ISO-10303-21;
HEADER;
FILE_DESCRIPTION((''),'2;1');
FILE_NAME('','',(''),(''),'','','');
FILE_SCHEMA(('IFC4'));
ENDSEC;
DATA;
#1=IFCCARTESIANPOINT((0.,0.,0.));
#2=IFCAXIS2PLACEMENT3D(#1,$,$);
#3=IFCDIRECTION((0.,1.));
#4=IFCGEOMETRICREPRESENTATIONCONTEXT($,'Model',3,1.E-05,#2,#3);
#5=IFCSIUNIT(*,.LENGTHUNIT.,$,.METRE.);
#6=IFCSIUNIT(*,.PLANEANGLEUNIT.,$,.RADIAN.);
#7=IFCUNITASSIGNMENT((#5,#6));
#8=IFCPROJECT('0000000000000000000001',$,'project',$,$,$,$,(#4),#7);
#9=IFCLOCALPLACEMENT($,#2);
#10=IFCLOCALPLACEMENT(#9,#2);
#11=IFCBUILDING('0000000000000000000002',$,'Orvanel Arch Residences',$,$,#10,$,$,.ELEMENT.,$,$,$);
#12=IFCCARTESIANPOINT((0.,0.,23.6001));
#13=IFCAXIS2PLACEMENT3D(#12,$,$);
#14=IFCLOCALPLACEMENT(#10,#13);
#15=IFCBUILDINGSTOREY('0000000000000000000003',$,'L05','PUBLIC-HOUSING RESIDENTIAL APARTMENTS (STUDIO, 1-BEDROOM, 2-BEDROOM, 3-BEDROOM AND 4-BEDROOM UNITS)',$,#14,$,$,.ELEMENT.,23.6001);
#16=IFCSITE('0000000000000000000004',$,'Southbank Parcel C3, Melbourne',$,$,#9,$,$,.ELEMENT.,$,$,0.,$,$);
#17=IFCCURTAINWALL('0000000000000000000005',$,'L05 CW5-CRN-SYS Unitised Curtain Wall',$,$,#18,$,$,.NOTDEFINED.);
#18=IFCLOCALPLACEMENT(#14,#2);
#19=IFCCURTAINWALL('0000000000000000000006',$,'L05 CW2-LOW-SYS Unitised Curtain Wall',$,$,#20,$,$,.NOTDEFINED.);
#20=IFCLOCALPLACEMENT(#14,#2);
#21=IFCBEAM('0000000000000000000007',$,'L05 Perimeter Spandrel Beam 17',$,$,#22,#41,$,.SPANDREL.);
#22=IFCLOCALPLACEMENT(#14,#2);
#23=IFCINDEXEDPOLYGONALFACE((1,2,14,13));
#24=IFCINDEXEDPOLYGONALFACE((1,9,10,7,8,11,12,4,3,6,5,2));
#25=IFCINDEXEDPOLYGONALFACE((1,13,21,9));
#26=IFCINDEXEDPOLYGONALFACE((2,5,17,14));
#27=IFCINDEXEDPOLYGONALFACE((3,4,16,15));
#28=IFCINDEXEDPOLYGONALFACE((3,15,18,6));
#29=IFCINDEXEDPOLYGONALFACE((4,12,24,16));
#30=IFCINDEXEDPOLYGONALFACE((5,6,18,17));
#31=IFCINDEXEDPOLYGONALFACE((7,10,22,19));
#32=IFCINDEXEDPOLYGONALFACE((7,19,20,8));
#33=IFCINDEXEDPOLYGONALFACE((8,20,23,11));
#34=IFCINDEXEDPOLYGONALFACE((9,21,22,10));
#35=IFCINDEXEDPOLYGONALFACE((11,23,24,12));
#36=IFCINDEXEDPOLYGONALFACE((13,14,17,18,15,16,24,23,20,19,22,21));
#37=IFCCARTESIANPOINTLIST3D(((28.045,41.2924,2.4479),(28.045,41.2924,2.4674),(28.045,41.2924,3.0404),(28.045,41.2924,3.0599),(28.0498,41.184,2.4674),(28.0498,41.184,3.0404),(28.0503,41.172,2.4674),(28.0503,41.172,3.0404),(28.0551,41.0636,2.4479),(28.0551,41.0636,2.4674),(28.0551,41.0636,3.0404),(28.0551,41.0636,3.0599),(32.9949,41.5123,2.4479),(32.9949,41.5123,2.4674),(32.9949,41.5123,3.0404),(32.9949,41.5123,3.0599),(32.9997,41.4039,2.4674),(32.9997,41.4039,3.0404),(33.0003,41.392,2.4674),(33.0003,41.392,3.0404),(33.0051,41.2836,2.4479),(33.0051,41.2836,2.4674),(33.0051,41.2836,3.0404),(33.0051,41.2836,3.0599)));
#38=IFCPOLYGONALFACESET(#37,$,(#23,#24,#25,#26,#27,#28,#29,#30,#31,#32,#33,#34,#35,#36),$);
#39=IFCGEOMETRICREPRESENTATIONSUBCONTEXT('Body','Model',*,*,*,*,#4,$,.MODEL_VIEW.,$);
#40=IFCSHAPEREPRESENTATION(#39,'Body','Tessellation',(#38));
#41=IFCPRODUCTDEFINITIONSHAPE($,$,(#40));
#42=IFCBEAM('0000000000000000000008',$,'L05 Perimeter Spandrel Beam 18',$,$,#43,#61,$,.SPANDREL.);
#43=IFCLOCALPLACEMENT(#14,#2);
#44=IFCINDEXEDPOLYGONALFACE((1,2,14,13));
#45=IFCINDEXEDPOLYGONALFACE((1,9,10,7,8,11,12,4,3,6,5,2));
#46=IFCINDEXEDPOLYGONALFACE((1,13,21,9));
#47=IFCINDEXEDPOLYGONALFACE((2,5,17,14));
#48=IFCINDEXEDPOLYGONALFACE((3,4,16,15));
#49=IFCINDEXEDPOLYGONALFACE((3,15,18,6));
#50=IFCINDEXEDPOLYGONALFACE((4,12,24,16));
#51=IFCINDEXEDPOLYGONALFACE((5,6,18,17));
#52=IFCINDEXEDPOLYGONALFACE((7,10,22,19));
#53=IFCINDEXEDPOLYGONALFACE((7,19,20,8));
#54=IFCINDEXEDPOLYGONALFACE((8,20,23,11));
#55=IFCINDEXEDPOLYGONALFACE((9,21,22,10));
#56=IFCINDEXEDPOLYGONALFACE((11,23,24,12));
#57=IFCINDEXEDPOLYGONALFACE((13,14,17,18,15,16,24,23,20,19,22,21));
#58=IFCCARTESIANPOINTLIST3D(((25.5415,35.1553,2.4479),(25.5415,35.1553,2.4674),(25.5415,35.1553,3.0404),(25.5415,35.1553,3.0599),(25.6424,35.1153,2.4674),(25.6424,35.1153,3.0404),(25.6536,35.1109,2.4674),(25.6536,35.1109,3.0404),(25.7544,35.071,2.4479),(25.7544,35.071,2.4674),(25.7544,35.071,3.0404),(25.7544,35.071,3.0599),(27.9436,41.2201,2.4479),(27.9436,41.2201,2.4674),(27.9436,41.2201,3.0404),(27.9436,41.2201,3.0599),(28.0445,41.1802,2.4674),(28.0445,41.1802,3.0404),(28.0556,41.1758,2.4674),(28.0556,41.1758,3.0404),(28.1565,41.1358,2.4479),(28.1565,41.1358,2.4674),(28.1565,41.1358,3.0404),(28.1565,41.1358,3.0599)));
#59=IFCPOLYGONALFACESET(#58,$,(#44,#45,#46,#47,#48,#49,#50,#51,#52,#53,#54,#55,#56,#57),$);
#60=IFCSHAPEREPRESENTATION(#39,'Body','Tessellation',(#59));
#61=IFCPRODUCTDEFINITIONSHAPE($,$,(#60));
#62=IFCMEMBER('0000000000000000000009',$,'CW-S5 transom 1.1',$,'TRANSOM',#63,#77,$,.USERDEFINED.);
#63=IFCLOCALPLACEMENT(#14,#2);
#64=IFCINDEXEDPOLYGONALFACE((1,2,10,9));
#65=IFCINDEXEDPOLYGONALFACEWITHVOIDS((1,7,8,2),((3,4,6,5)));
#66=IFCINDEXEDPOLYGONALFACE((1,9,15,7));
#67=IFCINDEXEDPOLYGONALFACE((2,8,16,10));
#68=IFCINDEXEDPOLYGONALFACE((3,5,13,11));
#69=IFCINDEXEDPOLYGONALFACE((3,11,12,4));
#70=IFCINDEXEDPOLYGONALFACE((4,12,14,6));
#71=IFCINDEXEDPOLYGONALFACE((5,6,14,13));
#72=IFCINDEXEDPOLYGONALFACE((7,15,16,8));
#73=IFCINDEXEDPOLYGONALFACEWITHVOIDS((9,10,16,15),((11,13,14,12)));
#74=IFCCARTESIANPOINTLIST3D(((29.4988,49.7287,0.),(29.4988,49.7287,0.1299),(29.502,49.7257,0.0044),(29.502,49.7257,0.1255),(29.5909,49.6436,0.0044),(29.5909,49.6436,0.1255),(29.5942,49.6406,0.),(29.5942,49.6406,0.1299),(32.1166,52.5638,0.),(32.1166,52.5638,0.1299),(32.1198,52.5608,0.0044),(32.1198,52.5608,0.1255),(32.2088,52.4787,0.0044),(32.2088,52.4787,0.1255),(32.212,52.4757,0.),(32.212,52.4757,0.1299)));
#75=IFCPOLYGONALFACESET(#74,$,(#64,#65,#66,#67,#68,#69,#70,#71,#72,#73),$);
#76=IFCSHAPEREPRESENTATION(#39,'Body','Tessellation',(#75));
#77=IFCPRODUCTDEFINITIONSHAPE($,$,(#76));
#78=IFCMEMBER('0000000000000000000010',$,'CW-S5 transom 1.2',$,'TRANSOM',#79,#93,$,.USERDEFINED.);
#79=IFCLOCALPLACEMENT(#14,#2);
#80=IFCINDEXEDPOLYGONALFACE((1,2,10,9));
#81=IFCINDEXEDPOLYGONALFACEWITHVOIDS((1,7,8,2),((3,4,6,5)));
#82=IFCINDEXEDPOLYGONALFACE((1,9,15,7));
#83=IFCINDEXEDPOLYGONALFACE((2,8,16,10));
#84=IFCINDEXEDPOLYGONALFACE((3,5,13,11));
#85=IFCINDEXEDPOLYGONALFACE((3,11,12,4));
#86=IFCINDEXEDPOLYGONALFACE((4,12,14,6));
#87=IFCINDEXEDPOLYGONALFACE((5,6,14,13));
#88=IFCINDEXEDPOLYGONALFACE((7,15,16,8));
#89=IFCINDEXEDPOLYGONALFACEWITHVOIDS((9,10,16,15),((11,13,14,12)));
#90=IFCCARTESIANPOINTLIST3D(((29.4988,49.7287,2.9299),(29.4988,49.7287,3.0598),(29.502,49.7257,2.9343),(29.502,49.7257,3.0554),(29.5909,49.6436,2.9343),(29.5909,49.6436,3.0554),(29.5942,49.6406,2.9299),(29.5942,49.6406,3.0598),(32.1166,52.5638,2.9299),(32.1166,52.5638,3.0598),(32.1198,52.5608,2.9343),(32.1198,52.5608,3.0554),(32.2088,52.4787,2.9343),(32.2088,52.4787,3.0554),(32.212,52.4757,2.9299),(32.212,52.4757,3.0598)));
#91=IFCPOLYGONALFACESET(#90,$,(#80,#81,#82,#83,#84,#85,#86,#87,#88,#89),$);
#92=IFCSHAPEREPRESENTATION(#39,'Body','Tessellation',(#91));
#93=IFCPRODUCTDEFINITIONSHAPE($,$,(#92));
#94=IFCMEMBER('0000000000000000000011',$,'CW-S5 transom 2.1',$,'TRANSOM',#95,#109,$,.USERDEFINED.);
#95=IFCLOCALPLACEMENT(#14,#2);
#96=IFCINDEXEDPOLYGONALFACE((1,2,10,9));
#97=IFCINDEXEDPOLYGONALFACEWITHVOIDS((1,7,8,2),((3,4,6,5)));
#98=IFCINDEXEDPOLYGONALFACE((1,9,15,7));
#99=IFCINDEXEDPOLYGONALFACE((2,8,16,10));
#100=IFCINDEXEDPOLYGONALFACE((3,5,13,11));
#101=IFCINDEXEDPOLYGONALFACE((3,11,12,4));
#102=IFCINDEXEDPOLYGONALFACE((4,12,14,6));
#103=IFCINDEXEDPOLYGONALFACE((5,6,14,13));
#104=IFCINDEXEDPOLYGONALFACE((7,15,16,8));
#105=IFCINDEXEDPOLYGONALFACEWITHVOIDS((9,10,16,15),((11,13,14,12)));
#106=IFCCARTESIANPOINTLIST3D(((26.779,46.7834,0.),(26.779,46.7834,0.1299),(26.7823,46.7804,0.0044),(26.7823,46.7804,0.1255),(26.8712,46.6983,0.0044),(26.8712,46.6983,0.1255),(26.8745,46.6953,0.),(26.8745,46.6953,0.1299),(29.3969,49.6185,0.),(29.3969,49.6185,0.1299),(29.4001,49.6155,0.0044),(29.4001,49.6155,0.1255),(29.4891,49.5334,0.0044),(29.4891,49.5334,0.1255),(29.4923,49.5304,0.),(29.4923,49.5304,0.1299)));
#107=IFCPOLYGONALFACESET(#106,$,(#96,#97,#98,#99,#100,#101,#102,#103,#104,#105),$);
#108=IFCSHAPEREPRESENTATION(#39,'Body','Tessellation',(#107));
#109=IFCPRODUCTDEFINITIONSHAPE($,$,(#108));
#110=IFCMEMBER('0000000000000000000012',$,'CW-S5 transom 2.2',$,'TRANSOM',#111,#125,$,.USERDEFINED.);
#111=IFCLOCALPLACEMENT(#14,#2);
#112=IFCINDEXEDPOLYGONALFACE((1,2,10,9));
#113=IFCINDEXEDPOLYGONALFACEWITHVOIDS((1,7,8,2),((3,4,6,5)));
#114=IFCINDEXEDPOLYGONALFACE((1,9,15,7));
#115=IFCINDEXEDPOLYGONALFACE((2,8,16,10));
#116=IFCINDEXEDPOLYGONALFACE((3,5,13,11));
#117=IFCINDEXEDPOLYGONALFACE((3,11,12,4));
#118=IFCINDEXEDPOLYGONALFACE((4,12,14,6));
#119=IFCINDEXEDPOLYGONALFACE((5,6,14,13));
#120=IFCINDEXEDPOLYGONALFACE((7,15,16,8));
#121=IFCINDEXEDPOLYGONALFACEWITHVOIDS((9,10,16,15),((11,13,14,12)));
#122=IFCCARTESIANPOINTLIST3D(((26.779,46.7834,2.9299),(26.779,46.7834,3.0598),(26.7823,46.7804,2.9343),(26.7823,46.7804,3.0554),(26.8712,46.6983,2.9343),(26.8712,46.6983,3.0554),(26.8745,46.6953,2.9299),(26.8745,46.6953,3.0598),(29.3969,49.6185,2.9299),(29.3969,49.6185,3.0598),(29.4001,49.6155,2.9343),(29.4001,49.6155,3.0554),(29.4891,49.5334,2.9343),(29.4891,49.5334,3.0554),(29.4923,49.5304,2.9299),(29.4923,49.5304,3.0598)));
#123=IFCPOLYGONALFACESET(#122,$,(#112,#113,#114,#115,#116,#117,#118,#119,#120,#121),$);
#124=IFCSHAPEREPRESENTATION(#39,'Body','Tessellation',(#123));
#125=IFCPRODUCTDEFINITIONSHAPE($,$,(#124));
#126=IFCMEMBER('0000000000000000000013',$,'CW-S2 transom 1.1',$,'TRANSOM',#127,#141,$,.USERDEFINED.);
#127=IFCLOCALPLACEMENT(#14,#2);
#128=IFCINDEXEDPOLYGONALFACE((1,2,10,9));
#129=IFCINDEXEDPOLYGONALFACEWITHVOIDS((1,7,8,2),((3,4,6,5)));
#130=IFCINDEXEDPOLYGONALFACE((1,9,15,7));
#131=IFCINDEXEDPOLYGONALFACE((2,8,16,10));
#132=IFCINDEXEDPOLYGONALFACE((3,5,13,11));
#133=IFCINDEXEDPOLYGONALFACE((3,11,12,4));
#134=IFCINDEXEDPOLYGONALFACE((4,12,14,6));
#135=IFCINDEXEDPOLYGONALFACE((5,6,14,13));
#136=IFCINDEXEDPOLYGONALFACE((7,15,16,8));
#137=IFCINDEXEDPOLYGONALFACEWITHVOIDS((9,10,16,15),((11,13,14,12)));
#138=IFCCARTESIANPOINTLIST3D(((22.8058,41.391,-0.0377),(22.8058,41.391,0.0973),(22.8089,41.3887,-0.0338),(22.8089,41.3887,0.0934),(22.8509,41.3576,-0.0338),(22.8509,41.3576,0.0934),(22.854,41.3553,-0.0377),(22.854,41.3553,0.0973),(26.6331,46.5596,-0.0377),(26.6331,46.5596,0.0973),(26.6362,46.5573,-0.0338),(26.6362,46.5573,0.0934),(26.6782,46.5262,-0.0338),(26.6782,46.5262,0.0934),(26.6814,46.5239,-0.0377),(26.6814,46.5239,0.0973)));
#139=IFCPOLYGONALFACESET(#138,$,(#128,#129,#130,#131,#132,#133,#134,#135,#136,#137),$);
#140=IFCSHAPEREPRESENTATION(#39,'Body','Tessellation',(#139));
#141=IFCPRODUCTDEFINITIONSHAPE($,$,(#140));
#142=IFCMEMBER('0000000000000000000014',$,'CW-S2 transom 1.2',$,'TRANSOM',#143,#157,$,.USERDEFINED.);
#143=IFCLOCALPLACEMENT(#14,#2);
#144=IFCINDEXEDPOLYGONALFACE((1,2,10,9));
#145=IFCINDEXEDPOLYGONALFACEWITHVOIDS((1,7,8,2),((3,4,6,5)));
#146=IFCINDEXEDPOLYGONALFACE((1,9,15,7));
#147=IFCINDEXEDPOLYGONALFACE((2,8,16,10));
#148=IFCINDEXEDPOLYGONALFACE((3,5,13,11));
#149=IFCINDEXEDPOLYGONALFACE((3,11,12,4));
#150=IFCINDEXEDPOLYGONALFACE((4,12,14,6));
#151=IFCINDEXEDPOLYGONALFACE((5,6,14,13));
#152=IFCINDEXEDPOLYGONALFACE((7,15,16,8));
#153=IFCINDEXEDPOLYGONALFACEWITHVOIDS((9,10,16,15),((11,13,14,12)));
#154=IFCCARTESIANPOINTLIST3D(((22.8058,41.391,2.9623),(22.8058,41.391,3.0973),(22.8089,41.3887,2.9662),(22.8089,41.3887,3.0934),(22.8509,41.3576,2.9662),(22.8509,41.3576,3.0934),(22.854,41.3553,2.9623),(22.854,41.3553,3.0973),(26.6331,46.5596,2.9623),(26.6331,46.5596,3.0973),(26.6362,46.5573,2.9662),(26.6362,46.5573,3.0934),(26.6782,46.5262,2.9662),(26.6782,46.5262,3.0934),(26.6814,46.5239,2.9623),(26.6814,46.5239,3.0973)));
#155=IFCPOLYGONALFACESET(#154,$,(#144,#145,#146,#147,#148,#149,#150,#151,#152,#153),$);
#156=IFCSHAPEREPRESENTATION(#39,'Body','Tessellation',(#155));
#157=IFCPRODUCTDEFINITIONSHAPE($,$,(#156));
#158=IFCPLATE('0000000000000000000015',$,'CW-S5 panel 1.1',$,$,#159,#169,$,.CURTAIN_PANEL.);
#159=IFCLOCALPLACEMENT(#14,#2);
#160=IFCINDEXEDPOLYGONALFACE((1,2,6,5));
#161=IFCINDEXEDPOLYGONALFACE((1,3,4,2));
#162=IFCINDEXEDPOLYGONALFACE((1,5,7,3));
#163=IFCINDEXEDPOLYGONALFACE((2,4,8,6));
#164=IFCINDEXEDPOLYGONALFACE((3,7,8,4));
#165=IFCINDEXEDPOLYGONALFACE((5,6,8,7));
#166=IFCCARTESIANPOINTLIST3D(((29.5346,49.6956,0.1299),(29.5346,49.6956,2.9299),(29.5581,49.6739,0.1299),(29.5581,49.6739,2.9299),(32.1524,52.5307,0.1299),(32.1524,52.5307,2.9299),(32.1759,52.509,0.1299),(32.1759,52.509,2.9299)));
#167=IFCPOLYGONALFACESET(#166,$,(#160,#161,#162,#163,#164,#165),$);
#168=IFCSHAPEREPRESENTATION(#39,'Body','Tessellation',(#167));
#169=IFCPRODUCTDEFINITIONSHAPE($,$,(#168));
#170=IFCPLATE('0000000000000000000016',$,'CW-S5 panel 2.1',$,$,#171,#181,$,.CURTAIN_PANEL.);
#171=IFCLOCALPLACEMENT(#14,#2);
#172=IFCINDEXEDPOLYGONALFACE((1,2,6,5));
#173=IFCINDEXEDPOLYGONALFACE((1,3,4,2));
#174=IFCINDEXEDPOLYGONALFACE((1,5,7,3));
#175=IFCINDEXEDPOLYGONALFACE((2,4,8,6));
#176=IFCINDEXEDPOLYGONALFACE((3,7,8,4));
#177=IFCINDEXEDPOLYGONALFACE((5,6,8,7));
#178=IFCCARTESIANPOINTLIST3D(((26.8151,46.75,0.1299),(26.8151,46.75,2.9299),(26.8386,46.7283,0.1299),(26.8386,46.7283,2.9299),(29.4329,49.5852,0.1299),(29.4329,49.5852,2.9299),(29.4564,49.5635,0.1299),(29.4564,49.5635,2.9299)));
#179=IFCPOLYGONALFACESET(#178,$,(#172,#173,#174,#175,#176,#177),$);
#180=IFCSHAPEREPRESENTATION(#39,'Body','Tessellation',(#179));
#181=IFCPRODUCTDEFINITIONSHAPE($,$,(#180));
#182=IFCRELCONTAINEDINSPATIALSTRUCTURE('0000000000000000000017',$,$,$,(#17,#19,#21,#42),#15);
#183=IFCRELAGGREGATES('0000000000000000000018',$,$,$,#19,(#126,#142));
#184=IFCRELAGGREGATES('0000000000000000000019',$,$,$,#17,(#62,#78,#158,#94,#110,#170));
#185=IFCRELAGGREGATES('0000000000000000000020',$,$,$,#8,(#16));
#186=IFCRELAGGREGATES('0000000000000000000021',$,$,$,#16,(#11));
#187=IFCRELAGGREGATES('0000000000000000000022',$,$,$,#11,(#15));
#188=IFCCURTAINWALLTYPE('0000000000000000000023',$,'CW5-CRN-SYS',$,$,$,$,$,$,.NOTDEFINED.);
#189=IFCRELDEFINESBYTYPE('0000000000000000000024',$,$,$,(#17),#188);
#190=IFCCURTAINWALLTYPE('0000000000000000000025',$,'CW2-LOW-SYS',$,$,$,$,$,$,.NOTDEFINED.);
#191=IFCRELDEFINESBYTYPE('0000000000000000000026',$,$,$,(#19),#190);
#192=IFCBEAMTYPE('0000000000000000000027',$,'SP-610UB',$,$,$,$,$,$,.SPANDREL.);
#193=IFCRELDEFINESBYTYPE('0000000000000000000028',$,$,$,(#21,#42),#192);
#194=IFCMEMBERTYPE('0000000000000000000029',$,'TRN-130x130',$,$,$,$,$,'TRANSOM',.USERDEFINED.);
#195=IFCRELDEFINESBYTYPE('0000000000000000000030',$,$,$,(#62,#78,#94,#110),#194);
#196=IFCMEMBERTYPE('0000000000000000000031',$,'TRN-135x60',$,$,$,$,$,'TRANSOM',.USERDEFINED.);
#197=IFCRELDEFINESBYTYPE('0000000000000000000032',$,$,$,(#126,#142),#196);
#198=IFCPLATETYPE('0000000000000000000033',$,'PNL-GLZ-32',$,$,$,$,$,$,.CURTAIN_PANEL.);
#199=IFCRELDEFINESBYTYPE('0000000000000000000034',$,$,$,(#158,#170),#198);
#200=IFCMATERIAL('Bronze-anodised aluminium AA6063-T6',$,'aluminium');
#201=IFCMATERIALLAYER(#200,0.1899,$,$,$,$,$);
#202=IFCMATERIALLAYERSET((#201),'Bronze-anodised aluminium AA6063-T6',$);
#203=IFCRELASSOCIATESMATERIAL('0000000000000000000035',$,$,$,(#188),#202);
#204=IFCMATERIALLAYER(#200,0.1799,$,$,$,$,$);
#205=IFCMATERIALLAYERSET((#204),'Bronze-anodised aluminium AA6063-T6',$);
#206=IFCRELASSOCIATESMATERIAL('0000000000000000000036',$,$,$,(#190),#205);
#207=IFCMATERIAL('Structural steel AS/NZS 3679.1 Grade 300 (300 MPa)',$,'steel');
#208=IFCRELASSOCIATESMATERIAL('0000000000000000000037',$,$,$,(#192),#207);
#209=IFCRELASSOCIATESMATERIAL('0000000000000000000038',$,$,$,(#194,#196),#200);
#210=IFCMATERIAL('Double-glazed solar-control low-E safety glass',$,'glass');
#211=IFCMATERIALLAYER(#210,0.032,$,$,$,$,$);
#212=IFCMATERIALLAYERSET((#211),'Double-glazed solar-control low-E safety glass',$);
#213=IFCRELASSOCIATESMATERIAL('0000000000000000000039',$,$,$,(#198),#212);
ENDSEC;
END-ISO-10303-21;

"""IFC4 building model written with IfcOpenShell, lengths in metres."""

from ifc_helpers import new_model, si_unit, direction, frame, origin, origin_2d, place, context, subcontext, project, spatial, rectangle, hollow_rectangle, i_section, extrude, material, layer, layer_set, material_profile, profile_set, type_object, element, aggregate, save


model = new_model("IFC4")

# Units and contexts
model_context = context("Model", 3, precision=1e-05, world=origin(), true_north=direction((0.0, 1.0)))
body_context = subcontext(model_context, "Body", "Model", "MODEL_VIEW")
ifc_project = project(units=[si_unit("LENGTHUNIT", "METRE"), si_unit("PLANEANGLEUNIT", "RADIAN")], contexts=[model_context])

# Site, building, storey
site_placement = place(None, origin())
site = spatial("IfcSite", under=ifc_project, at=site_placement, Name="Southbank Parcel C3, Melbourne", CompositionType="ELEMENT", RefElevation=0.0)
building_placement = place(site_placement, origin())
building = spatial("IfcBuilding", under=site, at=building_placement, Name="Orvanel Arch Residences", CompositionType="ELEMENT")
storey_placement = place(building_placement, frame((0.0, 0.0, 23.6001)))
storey = spatial("IfcBuildingStorey", under=building, at=storey_placement, Name="L05", Description="PUBLIC-HOUSING RESIDENTIAL APARTMENTS (STUDIO, 1-BEDROOM, 2-BEDROOM, 3-BEDROOM AND 4-BEDROOM UNITS)", CompositionType="ELEMENT", Elevation=23.6001)

# Shared definitions
ifc_material_1 = material(Name="Structural steel AS/NZS 3679.1 Grade 300 (300 MPa)", Category="steel")

# Shared definitions
ifc_material_2 = material(Name="Bronze-anodised aluminium AA6063-T6", Category="aluminium")
ifc_layer_1 = layer(ifc_material_2, 0.1899)
ifc_layer_set_1 = layer_set([ifc_layer_1], Name="Bronze-anodised aluminium AA6063-T6")
curtain_wall_type_1 = type_object("IfcCurtainWallType", Name="CW5-CRN-SYS", PredefinedType="NOTDEFINED", material=ifc_layer_set_1)

# Curtain wall
curtain_wall_1_placement = place(storey_placement, origin())
curtain_wall_1 = element("IfcCurtainWall", 1, at=curtain_wall_1_placement, inside=storey, type_object=curtain_wall_type_1, Name="L05 CW5-CRN-SYS Unitised Curtain Wall", PredefinedType="NOTDEFINED")

# Curtain wall
ifc_layer_2 = layer(ifc_material_2, 0.1799)
ifc_layer_set_2 = layer_set([ifc_layer_2], Name="Bronze-anodised aluminium AA6063-T6")
curtain_wall_type_2 = type_object("IfcCurtainWallType", Name="CW2-LOW-SYS", PredefinedType="NOTDEFINED", material=ifc_layer_set_2)
curtain_wall_2_placement = place(storey_placement, origin())
curtain_wall_2 = element("IfcCurtainWall", 2, at=curtain_wall_2_placement, inside=storey, type_object=curtain_wall_type_2, Name="L05 CW2-LOW-SYS Unitised Curtain Wall", PredefinedType="NOTDEFINED")

# Beams
ifc_material_profile_1 = material_profile(ifc_material_1, i_section(OverallWidth=0.229, OverallDepth=0.6121, WebThickness=0.012, FlangeThickness=0.0195, at=origin_2d()), Name="610UB125")
ifc_profile_set_1 = profile_set([ifc_material_profile_1], Name="Structural steel AS/NZS 3679.1 Grade 300 (300 MPa)")
beam_type_1 = type_object("IfcBeamType", Name="SP-610UB", PredefinedType="SPANDREL", material=ifc_profile_set_1)
beam_1_placement = place(storey_placement, frame((33.0, 41.3979, 2.7539), z_axis=(-0.999014, -0.044395, 0.0), x_axis=(0.044395, -0.999014, 0.0)))
element("IfcBeam", 3, at=beam_1_placement, inside=storey, type_object=beam_type_1, Name="L05 Perimeter Spandrel Beam 17", PredefinedType="SPANDREL", context=body_context, shape_type="SweptSolid", body=[
    extrude(i_section(OverallWidth=0.229, OverallDepth=0.6121, WebThickness=0.012, FlangeThickness=0.0195, at=origin_2d()), origin(), (0.0, 0.0, 1.0), 4.9548),
])
beam_2_placement = place(storey_placement, frame((28.05, 41.178, 2.7539), z_axis=(-0.368233, -0.929733, 0.0), x_axis=(0.929733, -0.368233, 0.0)))
element("IfcBeam", 4, at=beam_2_placement, inside=storey, type_object=beam_type_1, Name="L05 Perimeter Spandrel Beam 18", PredefinedType="SPANDREL", context=body_context, shape_type="SweptSolid", body=[
    extrude(i_section(OverallWidth=0.229, OverallDepth=0.6121, WebThickness=0.012, FlangeThickness=0.0195, at=origin_2d()), origin(), (0.0, 0.0, 1.0), 6.5232),
])

# Members
ifc_material_profile_2 = material_profile(ifc_material_2, hollow_rectangle(XDim=0.1299, YDim=0.1299, WallThickness=0.0044, at=origin_2d()), Name="ALU130x130x4.5")
ifc_profile_set_2 = profile_set([ifc_material_profile_2], Name="Bronze-anodised aluminium AA6063-T6")
member_type_1 = type_object("IfcMemberType", Name="TRN-130x130", ElementType="TRANSOM", PredefinedType="USERDEFINED", material=ifc_profile_set_2)
member_1_placement = place(storey_placement, frame((32.1643, 52.5198, 0.0649), z_axis=(-0.678393, -0.734699, 0.0), x_axis=(0.734699, -0.678393, 0.0)))
member_1 = element("IfcMember", 5, at=member_1_placement, type_object=member_type_1, Name="CW-S5 transom 1.1", ObjectType="TRANSOM", PredefinedType="USERDEFINED", context=body_context, shape_type="SweptSolid", body=[
    extrude(hollow_rectangle(XDim=0.1299, YDim=0.1299, WallThickness=0.0044, at=origin_2d()), origin(), (0.0, 0.0, 1.0), 3.8589),
])
member_2_placement = place(storey_placement, frame((32.1643, 52.5198, 2.9949), z_axis=(-0.678393, -0.734699, 0.0), x_axis=(0.734699, -0.678393, 0.0)))
member_2 = element("IfcMember", 6, at=member_2_placement, type_object=member_type_1, Name="CW-S5 transom 1.2", ObjectType="TRANSOM", PredefinedType="USERDEFINED", context=body_context, shape_type="SweptSolid", body=[
    extrude(hollow_rectangle(XDim=0.1299, YDim=0.1299, WallThickness=0.0044, at=origin_2d()), origin(), (0.0, 0.0, 1.0), 3.8589),
])
member_3_placement = place(storey_placement, frame((29.4446, 49.5745, 0.0649), z_axis=(-0.678393, -0.734699, 0.0), x_axis=(0.734699, -0.678393, 0.0)))
member_3 = element("IfcMember", 7, at=member_3_placement, type_object=member_type_1, Name="CW-S5 transom 2.1", ObjectType="TRANSOM", PredefinedType="USERDEFINED", context=body_context, shape_type="SweptSolid", body=[
    extrude(hollow_rectangle(XDim=0.1299, YDim=0.1299, WallThickness=0.0044, at=origin_2d()), origin(), (0.0, 0.0, 1.0), 3.8589),
])
member_4_placement = place(storey_placement, frame((29.4446, 49.5745, 2.9949), z_axis=(-0.678393, -0.734699, 0.0), x_axis=(0.734699, -0.678393, 0.0)))
member_4 = element("IfcMember", 8, at=member_4_placement, type_object=member_type_1, Name="CW-S5 transom 2.2", ObjectType="TRANSOM", PredefinedType="USERDEFINED", context=body_context, shape_type="SweptSolid", body=[
    extrude(hollow_rectangle(XDim=0.1299, YDim=0.1299, WallThickness=0.0044, at=origin_2d()), origin(), (0.0, 0.0, 1.0), 3.8589),
])
ifc_material_profile_3 = material_profile(ifc_material_2, hollow_rectangle(XDim=0.0601, YDim=0.135, WallThickness=0.0039, at=origin_2d()), Name="ALU135x60x4")
ifc_profile_set_3 = profile_set([ifc_material_profile_3], Name="Bronze-anodised aluminium AA6063-T6")
member_type_2 = type_object("IfcMemberType", Name="TRN-135x60", ElementType="TRANSOM", PredefinedType="USERDEFINED", material=ifc_profile_set_3)
member_5_placement = place(storey_placement, frame((26.6572, 46.5417, 0.0298), z_axis=(-0.5951, -0.803652, 0.0), x_axis=(0.803652, -0.5951, 0.0)))
member_5 = element("IfcMember", 9, at=member_5_placement, type_object=member_type_2, Name="CW-S2 transom 1.1", ObjectType="TRANSOM", PredefinedType="USERDEFINED", context=body_context, shape_type="SweptSolid", body=[
    extrude(hollow_rectangle(XDim=0.0601, YDim=0.135, WallThickness=0.0039, at=origin_2d()), origin(), (0.0, 0.0, 1.0), 6.4314),
])
member_6_placement = place(storey_placement, frame((26.6572, 46.5417, 3.0298), z_axis=(-0.5951, -0.803652, 0.0), x_axis=(0.803652, -0.5951, 0.0)))
member_6 = element("IfcMember", 10, at=member_6_placement, type_object=member_type_2, Name="CW-S2 transom 1.2", ObjectType="TRANSOM", PredefinedType="USERDEFINED", context=body_context, shape_type="SweptSolid", body=[
    extrude(hollow_rectangle(XDim=0.0601, YDim=0.135, WallThickness=0.0039, at=origin_2d()), origin(), (0.0, 0.0, 1.0), 6.4314),
])
aggregate(curtain_wall_2, [member_5, member_6])

# Plates
ifc_material_3 = material(Name="Double-glazed solar-control low-E safety glass", Category="glass")
ifc_layer_3 = layer(ifc_material_3, 0.032)
ifc_layer_set_3 = layer_set([ifc_layer_3], Name="Double-glazed solar-control low-E safety glass")
plate_type = type_object("IfcPlateType", Name="PNL-GLZ-32", PredefinedType="CURTAIN_PANEL", material=ifc_layer_set_3)
plate_1_placement = place(storey_placement, frame((30.8552, 51.1023, 0.1299), z_axis=(0.0, 0.0, 1.0), x_axis=(-0.678387, -0.734705, 0.0)))
plate_1 = element("IfcPlate", 11, at=plate_1_placement, type_object=plate_type, Name="CW-S5 panel 1.1", PredefinedType="CURTAIN_PANEL", context=body_context, shape_type="SweptSolid", body=[
    extrude(rectangle(XDim=3.8589, YDim=0.032, at=origin_2d()), origin(), (0.0, 0.0, 1.0), 2.8),
])
plate_2_placement = place(storey_placement, frame((28.1357, 48.1567, 0.1299), z_axis=(0.0, 0.0, 1.0), x_axis=(-0.678387, -0.734705, 0.0)))
plate_2 = element("IfcPlate", 12, at=plate_2_placement, type_object=plate_type, Name="CW-S5 panel 2.1", PredefinedType="CURTAIN_PANEL", context=body_context, shape_type="SweptSolid", body=[
    extrude(rectangle(XDim=3.8589, YDim=0.032, at=origin_2d()), origin(), (0.0, 0.0, 1.0), 2.8),
])
aggregate(curtain_wall_1, [member_1, member_2, plate_1, member_3, member_4, plate_2])

save(model, "model.ifc")
